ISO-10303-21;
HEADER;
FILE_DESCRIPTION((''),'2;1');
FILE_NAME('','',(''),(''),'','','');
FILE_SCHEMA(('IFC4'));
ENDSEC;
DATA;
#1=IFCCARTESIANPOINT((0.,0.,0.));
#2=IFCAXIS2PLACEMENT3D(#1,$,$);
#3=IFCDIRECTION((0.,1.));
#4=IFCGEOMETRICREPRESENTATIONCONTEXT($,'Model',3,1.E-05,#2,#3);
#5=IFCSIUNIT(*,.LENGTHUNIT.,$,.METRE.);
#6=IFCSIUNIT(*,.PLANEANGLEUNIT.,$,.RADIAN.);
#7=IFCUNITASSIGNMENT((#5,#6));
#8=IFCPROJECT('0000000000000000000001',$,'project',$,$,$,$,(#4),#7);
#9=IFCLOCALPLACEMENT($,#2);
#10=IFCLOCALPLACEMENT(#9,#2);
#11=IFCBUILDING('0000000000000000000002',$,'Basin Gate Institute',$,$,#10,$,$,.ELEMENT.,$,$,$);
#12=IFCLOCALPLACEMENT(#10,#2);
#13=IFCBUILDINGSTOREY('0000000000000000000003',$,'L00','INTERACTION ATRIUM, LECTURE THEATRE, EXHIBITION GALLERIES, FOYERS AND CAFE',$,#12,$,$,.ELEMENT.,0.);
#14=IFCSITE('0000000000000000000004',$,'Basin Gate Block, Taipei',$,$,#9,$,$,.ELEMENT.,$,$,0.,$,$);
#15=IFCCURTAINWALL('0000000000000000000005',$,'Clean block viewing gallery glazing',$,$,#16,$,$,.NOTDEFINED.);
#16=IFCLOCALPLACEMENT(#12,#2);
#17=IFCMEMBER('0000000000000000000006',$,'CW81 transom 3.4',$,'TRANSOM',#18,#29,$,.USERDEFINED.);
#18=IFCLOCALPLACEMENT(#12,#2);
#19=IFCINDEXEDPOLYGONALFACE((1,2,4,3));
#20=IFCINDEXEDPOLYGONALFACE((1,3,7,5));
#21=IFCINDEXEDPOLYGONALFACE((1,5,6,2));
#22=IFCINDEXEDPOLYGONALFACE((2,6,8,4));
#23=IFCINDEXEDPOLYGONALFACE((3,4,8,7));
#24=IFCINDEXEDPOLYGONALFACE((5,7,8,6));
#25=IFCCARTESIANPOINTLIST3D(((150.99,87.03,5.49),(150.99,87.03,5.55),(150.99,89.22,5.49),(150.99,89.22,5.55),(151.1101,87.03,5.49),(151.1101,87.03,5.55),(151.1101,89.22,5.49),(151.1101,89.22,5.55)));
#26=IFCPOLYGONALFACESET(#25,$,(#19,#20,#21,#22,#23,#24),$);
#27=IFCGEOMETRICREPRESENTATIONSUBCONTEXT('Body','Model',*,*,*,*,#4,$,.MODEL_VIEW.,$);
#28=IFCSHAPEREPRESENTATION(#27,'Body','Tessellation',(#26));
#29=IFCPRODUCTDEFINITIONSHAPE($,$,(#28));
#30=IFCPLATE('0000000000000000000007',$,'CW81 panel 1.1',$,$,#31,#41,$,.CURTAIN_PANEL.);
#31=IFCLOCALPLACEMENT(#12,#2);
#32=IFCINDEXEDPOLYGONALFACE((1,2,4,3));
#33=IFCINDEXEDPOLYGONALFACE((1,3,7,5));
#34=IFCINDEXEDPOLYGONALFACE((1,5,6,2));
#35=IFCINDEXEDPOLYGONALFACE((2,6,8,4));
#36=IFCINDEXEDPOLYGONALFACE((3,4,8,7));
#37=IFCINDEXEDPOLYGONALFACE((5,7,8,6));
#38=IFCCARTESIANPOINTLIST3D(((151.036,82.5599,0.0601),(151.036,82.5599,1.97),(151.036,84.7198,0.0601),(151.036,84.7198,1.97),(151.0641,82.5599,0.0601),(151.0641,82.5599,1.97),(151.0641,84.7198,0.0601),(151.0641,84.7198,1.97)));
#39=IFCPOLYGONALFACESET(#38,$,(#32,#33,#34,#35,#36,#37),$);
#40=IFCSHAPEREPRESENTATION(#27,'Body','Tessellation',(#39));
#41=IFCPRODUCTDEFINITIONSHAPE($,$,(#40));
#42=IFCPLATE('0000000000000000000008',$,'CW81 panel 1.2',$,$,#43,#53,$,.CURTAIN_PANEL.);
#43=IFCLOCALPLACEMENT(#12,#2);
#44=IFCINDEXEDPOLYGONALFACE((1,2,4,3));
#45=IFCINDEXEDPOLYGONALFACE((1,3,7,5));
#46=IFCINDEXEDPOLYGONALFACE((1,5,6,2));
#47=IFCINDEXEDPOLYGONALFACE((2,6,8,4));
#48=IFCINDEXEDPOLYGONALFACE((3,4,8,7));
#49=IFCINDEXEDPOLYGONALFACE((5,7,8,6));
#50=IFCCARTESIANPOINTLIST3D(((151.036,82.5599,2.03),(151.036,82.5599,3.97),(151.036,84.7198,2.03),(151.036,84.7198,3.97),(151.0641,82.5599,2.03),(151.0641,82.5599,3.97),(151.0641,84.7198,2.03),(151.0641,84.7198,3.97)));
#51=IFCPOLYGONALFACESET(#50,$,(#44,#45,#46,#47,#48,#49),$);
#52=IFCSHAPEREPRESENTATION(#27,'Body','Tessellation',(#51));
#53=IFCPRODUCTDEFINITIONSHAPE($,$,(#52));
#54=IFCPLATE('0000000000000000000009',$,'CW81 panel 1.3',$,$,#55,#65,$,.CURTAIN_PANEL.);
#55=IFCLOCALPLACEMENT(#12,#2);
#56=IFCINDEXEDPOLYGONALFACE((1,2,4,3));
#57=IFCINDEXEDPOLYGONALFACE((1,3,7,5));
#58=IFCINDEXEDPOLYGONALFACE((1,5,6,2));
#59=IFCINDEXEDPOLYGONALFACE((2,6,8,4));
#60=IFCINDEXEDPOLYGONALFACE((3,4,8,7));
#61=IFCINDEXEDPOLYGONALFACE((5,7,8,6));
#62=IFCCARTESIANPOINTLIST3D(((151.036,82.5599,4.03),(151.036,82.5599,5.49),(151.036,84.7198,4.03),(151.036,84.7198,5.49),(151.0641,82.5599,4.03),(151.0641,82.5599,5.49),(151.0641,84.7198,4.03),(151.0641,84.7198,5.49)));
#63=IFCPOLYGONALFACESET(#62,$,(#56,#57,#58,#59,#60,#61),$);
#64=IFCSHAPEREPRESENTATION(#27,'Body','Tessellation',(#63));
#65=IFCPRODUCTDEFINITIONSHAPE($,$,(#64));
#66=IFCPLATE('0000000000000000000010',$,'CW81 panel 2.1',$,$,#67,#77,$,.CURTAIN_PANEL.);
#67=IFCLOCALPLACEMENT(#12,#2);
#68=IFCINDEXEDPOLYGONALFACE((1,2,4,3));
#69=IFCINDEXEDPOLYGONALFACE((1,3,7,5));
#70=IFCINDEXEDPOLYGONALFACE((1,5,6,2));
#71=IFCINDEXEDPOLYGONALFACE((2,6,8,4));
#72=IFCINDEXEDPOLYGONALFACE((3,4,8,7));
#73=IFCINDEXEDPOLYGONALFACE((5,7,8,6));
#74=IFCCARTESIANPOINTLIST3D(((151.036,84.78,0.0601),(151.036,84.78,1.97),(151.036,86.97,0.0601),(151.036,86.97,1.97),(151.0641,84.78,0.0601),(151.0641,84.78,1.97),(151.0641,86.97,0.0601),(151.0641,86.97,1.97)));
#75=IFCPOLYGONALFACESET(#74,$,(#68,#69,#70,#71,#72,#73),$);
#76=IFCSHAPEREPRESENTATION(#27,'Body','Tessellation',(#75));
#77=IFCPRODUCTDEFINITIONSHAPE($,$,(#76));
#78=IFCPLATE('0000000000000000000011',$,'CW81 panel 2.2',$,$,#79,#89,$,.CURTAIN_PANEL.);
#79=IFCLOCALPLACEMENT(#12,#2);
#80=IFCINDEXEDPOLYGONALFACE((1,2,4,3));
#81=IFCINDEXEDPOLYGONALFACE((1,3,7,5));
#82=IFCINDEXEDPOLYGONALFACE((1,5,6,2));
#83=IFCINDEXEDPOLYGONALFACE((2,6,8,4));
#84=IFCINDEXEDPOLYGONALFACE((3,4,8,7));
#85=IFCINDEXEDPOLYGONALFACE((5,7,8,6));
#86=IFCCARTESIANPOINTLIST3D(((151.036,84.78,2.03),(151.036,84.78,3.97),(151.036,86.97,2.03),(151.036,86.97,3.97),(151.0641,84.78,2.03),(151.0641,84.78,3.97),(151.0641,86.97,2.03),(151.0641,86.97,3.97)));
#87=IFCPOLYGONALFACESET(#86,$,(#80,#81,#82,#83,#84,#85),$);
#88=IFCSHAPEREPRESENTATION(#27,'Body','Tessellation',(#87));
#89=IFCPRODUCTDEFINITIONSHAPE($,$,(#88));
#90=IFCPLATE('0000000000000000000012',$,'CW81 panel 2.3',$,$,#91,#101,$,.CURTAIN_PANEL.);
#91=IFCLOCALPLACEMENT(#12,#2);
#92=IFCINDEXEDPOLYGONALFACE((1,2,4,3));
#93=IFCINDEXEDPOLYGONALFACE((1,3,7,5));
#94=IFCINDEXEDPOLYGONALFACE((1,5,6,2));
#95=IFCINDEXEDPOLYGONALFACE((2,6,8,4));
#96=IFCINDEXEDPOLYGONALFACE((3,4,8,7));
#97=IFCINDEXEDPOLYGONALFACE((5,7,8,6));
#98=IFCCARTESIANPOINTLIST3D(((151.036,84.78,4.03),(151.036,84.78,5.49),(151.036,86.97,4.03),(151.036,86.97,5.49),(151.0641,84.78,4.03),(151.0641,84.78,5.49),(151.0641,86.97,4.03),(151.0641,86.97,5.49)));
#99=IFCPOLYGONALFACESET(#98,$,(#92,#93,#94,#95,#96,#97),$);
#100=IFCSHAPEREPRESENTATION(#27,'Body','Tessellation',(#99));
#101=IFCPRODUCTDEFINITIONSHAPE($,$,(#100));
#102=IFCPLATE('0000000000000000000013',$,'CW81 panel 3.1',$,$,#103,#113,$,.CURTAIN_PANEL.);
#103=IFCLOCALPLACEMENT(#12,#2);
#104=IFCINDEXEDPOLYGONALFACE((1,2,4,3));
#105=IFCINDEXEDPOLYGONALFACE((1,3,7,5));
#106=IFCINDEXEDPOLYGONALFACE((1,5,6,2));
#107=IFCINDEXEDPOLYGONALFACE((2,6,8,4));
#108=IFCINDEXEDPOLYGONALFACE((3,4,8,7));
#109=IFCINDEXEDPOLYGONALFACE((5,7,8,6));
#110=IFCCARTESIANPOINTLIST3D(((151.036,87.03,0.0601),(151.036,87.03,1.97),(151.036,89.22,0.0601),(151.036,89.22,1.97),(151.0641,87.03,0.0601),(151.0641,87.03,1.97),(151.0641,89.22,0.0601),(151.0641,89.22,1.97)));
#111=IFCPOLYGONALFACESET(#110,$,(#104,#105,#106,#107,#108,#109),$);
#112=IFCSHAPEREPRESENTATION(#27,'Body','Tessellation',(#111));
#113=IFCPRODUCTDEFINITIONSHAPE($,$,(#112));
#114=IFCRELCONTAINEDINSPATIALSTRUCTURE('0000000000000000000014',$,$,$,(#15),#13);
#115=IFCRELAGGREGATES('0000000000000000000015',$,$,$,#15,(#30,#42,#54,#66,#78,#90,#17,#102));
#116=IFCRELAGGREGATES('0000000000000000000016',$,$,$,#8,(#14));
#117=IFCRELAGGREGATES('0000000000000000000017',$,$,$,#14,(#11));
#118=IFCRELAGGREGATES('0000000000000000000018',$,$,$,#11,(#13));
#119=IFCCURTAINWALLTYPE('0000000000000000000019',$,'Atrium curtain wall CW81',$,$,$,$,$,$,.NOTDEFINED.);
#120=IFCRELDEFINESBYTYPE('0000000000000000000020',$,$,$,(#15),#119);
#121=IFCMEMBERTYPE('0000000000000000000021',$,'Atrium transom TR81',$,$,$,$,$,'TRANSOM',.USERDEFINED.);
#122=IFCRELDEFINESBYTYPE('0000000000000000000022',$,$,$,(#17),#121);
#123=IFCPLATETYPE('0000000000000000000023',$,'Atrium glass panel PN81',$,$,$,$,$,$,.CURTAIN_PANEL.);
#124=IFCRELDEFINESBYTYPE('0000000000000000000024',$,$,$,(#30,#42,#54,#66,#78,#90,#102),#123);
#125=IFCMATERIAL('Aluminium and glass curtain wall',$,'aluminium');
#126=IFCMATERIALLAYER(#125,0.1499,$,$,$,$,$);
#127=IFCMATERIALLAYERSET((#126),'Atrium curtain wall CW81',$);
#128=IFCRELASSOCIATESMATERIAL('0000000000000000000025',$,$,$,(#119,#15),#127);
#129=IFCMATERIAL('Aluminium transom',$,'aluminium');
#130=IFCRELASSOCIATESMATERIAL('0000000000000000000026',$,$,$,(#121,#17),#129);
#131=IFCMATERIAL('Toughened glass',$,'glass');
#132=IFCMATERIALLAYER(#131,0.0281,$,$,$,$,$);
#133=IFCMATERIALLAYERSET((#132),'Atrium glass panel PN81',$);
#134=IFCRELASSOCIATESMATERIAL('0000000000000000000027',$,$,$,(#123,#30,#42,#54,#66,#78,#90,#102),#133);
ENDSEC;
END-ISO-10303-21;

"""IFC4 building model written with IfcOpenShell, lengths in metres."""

from ifc_helpers import new_model, si_unit, direction, frame, origin, origin_2d, place, context, subcontext, project, spatial, rectangle, extrude, material, layer, layer_set, material_profile, profile_set, type_object, element, aggregate, save


model = new_model("IFC4")

# Units and contexts
model_context = context("Model", 3, precision=1e-05, world=origin(), true_north=direction((0.0, 1.0)))
body_context = subcontext(model_context, "Body", "Model", "MODEL_VIEW")
ifc_project = project(units=[si_unit("LENGTHUNIT", "METRE"), si_unit("PLANEANGLEUNIT", "RADIAN")], contexts=[model_context])

# Site, building, storey
site_placement = place(None, origin())
site = spatial("IfcSite", under=ifc_project, at=site_placement, Name="Basin Gate Block, Taipei", CompositionType="ELEMENT", RefElevation=0.0)
building_placement = place(site_placement, origin())
building = spatial("IfcBuilding", under=site, at=building_placement, Name="Basin Gate Institute", CompositionType="ELEMENT")
storey_placement = place(building_placement, origin())
storey = spatial("IfcBuildingStorey", under=building, at=storey_placement, Name="L00", Description="INTERACTION ATRIUM, LECTURE THEATRE, EXHIBITION GALLERIES, FOYERS AND CAFE", CompositionType="ELEMENT", Elevation=0.0)

# Curtain wall, member, plates
ifc_material_1 = material(Name="Aluminium and glass curtain wall", Category="aluminium")
ifc_layer_1 = layer(ifc_material_1, 0.1499)
ifc_layer_set_1 = layer_set([ifc_layer_1], Name="Atrium curtain wall CW81")
curtain_wall_type = type_object("IfcCurtainWallType", Name="Atrium curtain wall CW81", PredefinedType="NOTDEFINED", material=ifc_layer_set_1)
curtain_wall_placement = place(storey_placement, origin())
curtain_wall = element("IfcCurtainWall", 1, at=curtain_wall_placement, inside=storey, type_object=curtain_wall_type, material=ifc_layer_set_1, Name="Clean block viewing gallery glazing", PredefinedType="NOTDEFINED")
ifc_material_2 = material(Name="Aluminium transom", Category="aluminium")
ifc_material_profile_1 = material_profile(ifc_material_2, rectangle(XDim=0.1201, YDim=0.0601, at=origin_2d()), Name="Atrium transom TR81 120 x 60")
ifc_profile_set_1 = profile_set([ifc_material_profile_1], Name="Aluminium transom")
member_type_1 = type_object("IfcMemberType", Name="Atrium transom TR81", ElementType="TRANSOM", PredefinedType="USERDEFINED", material=ifc_profile_set_1)
member_1_placement = place(storey_placement, frame((151.05, 87.03, 5.52), z_axis=(0.0, 1.0, 0.0), x_axis=(-1.0, 0.0, 0.0)))
member_1 = element("IfcMember", 2, at=member_1_placement, type_object=member_type_1, material=ifc_profile_set_1, Name="CW81 transom 3.4", ObjectType="TRANSOM", PredefinedType="USERDEFINED", context=body_context, shape_type="SweptSolid", body=[
    extrude(rectangle(XDim=0.1201, YDim=0.0601, at=origin_2d()), origin(), (0.0, 0.0, 1.0), 2.1899),
])
ifc_material_3 = material(Name="Toughened glass", Category="glass")
ifc_layer_2 = layer(ifc_material_3, 0.0281)
ifc_layer_set_2 = layer_set([ifc_layer_2], Name="Atrium glass panel PN81")
plate_type = type_object("IfcPlateType", Name="Atrium glass panel PN81", PredefinedType="CURTAIN_PANEL", material=ifc_layer_set_2)
plate_1_placement = place(storey_placement, frame((151.05, 83.6399, 0.0601), z_axis=(0.0, 0.0, 1.0), x_axis=(0.0, 1.0, 0.0)))
plate_1 = element("IfcPlate", 3, at=plate_1_placement, type_object=plate_type, material=ifc_layer_set_2, Name="CW81 panel 1.1", PredefinedType="CURTAIN_PANEL", context=body_context, shape_type="SweptSolid", body=[
    extrude(rectangle(XDim=2.1599, YDim=0.0281, at=origin_2d()), origin(), (0.0, 0.0, 1.0), 1.9099),
])
plate_2_placement = place(storey_placement, frame((151.05, 83.6399, 2.03), z_axis=(0.0, 0.0, 1.0), x_axis=(0.0, 1.0, 0.0)))
plate_2 = element("IfcPlate", 4, at=plate_2_placement, type_object=plate_type, material=ifc_layer_set_2, Name="CW81 panel 1.2", PredefinedType="CURTAIN_PANEL", context=body_context, shape_type="SweptSolid", body=[
    extrude(rectangle(XDim=2.1599, YDim=0.0281, at=origin_2d()), origin(), (0.0, 0.0, 1.0), 1.9399),
])
plate_3_placement = place(storey_placement, frame((151.05, 83.6399, 4.03), z_axis=(0.0, 0.0, 1.0), x_axis=(0.0, 1.0, 0.0)))
plate_3 = element("IfcPlate", 5, at=plate_3_placement, type_object=plate_type, material=ifc_layer_set_2, Name="CW81 panel 1.3", PredefinedType="CURTAIN_PANEL", context=body_context, shape_type="SweptSolid", body=[
    extrude(rectangle(XDim=2.1599, YDim=0.0281, at=origin_2d()), origin(), (0.0, 0.0, 1.0), 1.46),
])
plate_4_placement = place(storey_placement, frame((151.05, 85.875, 0.0601), z_axis=(0.0, 0.0, 1.0), x_axis=(0.0, 1.0, 0.0)))
plate_4 = element("IfcPlate", 6, at=plate_4_placement, type_object=plate_type, material=ifc_layer_set_2, Name="CW81 panel 2.1", PredefinedType="CURTAIN_PANEL", context=body_context, shape_type="SweptSolid", body=[
    extrude(rectangle(XDim=2.1899, YDim=0.0281, at=origin_2d()), origin(), (0.0, 0.0, 1.0), 1.9099),
])
plate_5_placement = place(storey_placement, frame((151.05, 85.875, 2.03), z_axis=(0.0, 0.0, 1.0), x_axis=(0.0, 1.0, 0.0)))
plate_5 = element("IfcPlate", 7, at=plate_5_placement, type_object=plate_type, material=ifc_layer_set_2, Name="CW81 panel 2.2", PredefinedType="CURTAIN_PANEL", context=body_context, shape_type="SweptSolid", body=[
    extrude(rectangle(XDim=2.1899, YDim=0.0281, at=origin_2d()), origin(), (0.0, 0.0, 1.0), 1.9399),
])
plate_6_placement = place(storey_placement, frame((151.05, 85.875, 4.03), z_axis=(0.0, 0.0, 1.0), x_axis=(0.0, 1.0, 0.0)))
plate_6 = element("IfcPlate", 8, at=plate_6_placement, type_object=plate_type, material=ifc_layer_set_2, Name="CW81 panel 2.3", PredefinedType="CURTAIN_PANEL", context=body_context, shape_type="SweptSolid", body=[
    extrude(rectangle(XDim=2.1899, YDim=0.0281, at=origin_2d()), origin(), (0.0, 0.0, 1.0), 1.46),
])
plate_7_placement = place(storey_placement, frame((151.05, 88.125, 0.0601), z_axis=(0.0, 0.0, 1.0), x_axis=(0.0, 1.0, 0.0)))
plate_7 = element("IfcPlate", 9, at=plate_7_placement, type_object=plate_type, material=ifc_layer_set_2, Name="CW81 panel 3.1", PredefinedType="CURTAIN_PANEL", context=body_context, shape_type="SweptSolid", body=[
    extrude(rectangle(XDim=2.1899, YDim=0.0281, at=origin_2d()), origin(), (0.0, 0.0, 1.0), 1.9099),
])
aggregate(curtain_wall, [plate_1, plate_2, plate_3, plate_4, plate_5, plate_6, member_1, plate_7])

save(model, "model.ifc")
